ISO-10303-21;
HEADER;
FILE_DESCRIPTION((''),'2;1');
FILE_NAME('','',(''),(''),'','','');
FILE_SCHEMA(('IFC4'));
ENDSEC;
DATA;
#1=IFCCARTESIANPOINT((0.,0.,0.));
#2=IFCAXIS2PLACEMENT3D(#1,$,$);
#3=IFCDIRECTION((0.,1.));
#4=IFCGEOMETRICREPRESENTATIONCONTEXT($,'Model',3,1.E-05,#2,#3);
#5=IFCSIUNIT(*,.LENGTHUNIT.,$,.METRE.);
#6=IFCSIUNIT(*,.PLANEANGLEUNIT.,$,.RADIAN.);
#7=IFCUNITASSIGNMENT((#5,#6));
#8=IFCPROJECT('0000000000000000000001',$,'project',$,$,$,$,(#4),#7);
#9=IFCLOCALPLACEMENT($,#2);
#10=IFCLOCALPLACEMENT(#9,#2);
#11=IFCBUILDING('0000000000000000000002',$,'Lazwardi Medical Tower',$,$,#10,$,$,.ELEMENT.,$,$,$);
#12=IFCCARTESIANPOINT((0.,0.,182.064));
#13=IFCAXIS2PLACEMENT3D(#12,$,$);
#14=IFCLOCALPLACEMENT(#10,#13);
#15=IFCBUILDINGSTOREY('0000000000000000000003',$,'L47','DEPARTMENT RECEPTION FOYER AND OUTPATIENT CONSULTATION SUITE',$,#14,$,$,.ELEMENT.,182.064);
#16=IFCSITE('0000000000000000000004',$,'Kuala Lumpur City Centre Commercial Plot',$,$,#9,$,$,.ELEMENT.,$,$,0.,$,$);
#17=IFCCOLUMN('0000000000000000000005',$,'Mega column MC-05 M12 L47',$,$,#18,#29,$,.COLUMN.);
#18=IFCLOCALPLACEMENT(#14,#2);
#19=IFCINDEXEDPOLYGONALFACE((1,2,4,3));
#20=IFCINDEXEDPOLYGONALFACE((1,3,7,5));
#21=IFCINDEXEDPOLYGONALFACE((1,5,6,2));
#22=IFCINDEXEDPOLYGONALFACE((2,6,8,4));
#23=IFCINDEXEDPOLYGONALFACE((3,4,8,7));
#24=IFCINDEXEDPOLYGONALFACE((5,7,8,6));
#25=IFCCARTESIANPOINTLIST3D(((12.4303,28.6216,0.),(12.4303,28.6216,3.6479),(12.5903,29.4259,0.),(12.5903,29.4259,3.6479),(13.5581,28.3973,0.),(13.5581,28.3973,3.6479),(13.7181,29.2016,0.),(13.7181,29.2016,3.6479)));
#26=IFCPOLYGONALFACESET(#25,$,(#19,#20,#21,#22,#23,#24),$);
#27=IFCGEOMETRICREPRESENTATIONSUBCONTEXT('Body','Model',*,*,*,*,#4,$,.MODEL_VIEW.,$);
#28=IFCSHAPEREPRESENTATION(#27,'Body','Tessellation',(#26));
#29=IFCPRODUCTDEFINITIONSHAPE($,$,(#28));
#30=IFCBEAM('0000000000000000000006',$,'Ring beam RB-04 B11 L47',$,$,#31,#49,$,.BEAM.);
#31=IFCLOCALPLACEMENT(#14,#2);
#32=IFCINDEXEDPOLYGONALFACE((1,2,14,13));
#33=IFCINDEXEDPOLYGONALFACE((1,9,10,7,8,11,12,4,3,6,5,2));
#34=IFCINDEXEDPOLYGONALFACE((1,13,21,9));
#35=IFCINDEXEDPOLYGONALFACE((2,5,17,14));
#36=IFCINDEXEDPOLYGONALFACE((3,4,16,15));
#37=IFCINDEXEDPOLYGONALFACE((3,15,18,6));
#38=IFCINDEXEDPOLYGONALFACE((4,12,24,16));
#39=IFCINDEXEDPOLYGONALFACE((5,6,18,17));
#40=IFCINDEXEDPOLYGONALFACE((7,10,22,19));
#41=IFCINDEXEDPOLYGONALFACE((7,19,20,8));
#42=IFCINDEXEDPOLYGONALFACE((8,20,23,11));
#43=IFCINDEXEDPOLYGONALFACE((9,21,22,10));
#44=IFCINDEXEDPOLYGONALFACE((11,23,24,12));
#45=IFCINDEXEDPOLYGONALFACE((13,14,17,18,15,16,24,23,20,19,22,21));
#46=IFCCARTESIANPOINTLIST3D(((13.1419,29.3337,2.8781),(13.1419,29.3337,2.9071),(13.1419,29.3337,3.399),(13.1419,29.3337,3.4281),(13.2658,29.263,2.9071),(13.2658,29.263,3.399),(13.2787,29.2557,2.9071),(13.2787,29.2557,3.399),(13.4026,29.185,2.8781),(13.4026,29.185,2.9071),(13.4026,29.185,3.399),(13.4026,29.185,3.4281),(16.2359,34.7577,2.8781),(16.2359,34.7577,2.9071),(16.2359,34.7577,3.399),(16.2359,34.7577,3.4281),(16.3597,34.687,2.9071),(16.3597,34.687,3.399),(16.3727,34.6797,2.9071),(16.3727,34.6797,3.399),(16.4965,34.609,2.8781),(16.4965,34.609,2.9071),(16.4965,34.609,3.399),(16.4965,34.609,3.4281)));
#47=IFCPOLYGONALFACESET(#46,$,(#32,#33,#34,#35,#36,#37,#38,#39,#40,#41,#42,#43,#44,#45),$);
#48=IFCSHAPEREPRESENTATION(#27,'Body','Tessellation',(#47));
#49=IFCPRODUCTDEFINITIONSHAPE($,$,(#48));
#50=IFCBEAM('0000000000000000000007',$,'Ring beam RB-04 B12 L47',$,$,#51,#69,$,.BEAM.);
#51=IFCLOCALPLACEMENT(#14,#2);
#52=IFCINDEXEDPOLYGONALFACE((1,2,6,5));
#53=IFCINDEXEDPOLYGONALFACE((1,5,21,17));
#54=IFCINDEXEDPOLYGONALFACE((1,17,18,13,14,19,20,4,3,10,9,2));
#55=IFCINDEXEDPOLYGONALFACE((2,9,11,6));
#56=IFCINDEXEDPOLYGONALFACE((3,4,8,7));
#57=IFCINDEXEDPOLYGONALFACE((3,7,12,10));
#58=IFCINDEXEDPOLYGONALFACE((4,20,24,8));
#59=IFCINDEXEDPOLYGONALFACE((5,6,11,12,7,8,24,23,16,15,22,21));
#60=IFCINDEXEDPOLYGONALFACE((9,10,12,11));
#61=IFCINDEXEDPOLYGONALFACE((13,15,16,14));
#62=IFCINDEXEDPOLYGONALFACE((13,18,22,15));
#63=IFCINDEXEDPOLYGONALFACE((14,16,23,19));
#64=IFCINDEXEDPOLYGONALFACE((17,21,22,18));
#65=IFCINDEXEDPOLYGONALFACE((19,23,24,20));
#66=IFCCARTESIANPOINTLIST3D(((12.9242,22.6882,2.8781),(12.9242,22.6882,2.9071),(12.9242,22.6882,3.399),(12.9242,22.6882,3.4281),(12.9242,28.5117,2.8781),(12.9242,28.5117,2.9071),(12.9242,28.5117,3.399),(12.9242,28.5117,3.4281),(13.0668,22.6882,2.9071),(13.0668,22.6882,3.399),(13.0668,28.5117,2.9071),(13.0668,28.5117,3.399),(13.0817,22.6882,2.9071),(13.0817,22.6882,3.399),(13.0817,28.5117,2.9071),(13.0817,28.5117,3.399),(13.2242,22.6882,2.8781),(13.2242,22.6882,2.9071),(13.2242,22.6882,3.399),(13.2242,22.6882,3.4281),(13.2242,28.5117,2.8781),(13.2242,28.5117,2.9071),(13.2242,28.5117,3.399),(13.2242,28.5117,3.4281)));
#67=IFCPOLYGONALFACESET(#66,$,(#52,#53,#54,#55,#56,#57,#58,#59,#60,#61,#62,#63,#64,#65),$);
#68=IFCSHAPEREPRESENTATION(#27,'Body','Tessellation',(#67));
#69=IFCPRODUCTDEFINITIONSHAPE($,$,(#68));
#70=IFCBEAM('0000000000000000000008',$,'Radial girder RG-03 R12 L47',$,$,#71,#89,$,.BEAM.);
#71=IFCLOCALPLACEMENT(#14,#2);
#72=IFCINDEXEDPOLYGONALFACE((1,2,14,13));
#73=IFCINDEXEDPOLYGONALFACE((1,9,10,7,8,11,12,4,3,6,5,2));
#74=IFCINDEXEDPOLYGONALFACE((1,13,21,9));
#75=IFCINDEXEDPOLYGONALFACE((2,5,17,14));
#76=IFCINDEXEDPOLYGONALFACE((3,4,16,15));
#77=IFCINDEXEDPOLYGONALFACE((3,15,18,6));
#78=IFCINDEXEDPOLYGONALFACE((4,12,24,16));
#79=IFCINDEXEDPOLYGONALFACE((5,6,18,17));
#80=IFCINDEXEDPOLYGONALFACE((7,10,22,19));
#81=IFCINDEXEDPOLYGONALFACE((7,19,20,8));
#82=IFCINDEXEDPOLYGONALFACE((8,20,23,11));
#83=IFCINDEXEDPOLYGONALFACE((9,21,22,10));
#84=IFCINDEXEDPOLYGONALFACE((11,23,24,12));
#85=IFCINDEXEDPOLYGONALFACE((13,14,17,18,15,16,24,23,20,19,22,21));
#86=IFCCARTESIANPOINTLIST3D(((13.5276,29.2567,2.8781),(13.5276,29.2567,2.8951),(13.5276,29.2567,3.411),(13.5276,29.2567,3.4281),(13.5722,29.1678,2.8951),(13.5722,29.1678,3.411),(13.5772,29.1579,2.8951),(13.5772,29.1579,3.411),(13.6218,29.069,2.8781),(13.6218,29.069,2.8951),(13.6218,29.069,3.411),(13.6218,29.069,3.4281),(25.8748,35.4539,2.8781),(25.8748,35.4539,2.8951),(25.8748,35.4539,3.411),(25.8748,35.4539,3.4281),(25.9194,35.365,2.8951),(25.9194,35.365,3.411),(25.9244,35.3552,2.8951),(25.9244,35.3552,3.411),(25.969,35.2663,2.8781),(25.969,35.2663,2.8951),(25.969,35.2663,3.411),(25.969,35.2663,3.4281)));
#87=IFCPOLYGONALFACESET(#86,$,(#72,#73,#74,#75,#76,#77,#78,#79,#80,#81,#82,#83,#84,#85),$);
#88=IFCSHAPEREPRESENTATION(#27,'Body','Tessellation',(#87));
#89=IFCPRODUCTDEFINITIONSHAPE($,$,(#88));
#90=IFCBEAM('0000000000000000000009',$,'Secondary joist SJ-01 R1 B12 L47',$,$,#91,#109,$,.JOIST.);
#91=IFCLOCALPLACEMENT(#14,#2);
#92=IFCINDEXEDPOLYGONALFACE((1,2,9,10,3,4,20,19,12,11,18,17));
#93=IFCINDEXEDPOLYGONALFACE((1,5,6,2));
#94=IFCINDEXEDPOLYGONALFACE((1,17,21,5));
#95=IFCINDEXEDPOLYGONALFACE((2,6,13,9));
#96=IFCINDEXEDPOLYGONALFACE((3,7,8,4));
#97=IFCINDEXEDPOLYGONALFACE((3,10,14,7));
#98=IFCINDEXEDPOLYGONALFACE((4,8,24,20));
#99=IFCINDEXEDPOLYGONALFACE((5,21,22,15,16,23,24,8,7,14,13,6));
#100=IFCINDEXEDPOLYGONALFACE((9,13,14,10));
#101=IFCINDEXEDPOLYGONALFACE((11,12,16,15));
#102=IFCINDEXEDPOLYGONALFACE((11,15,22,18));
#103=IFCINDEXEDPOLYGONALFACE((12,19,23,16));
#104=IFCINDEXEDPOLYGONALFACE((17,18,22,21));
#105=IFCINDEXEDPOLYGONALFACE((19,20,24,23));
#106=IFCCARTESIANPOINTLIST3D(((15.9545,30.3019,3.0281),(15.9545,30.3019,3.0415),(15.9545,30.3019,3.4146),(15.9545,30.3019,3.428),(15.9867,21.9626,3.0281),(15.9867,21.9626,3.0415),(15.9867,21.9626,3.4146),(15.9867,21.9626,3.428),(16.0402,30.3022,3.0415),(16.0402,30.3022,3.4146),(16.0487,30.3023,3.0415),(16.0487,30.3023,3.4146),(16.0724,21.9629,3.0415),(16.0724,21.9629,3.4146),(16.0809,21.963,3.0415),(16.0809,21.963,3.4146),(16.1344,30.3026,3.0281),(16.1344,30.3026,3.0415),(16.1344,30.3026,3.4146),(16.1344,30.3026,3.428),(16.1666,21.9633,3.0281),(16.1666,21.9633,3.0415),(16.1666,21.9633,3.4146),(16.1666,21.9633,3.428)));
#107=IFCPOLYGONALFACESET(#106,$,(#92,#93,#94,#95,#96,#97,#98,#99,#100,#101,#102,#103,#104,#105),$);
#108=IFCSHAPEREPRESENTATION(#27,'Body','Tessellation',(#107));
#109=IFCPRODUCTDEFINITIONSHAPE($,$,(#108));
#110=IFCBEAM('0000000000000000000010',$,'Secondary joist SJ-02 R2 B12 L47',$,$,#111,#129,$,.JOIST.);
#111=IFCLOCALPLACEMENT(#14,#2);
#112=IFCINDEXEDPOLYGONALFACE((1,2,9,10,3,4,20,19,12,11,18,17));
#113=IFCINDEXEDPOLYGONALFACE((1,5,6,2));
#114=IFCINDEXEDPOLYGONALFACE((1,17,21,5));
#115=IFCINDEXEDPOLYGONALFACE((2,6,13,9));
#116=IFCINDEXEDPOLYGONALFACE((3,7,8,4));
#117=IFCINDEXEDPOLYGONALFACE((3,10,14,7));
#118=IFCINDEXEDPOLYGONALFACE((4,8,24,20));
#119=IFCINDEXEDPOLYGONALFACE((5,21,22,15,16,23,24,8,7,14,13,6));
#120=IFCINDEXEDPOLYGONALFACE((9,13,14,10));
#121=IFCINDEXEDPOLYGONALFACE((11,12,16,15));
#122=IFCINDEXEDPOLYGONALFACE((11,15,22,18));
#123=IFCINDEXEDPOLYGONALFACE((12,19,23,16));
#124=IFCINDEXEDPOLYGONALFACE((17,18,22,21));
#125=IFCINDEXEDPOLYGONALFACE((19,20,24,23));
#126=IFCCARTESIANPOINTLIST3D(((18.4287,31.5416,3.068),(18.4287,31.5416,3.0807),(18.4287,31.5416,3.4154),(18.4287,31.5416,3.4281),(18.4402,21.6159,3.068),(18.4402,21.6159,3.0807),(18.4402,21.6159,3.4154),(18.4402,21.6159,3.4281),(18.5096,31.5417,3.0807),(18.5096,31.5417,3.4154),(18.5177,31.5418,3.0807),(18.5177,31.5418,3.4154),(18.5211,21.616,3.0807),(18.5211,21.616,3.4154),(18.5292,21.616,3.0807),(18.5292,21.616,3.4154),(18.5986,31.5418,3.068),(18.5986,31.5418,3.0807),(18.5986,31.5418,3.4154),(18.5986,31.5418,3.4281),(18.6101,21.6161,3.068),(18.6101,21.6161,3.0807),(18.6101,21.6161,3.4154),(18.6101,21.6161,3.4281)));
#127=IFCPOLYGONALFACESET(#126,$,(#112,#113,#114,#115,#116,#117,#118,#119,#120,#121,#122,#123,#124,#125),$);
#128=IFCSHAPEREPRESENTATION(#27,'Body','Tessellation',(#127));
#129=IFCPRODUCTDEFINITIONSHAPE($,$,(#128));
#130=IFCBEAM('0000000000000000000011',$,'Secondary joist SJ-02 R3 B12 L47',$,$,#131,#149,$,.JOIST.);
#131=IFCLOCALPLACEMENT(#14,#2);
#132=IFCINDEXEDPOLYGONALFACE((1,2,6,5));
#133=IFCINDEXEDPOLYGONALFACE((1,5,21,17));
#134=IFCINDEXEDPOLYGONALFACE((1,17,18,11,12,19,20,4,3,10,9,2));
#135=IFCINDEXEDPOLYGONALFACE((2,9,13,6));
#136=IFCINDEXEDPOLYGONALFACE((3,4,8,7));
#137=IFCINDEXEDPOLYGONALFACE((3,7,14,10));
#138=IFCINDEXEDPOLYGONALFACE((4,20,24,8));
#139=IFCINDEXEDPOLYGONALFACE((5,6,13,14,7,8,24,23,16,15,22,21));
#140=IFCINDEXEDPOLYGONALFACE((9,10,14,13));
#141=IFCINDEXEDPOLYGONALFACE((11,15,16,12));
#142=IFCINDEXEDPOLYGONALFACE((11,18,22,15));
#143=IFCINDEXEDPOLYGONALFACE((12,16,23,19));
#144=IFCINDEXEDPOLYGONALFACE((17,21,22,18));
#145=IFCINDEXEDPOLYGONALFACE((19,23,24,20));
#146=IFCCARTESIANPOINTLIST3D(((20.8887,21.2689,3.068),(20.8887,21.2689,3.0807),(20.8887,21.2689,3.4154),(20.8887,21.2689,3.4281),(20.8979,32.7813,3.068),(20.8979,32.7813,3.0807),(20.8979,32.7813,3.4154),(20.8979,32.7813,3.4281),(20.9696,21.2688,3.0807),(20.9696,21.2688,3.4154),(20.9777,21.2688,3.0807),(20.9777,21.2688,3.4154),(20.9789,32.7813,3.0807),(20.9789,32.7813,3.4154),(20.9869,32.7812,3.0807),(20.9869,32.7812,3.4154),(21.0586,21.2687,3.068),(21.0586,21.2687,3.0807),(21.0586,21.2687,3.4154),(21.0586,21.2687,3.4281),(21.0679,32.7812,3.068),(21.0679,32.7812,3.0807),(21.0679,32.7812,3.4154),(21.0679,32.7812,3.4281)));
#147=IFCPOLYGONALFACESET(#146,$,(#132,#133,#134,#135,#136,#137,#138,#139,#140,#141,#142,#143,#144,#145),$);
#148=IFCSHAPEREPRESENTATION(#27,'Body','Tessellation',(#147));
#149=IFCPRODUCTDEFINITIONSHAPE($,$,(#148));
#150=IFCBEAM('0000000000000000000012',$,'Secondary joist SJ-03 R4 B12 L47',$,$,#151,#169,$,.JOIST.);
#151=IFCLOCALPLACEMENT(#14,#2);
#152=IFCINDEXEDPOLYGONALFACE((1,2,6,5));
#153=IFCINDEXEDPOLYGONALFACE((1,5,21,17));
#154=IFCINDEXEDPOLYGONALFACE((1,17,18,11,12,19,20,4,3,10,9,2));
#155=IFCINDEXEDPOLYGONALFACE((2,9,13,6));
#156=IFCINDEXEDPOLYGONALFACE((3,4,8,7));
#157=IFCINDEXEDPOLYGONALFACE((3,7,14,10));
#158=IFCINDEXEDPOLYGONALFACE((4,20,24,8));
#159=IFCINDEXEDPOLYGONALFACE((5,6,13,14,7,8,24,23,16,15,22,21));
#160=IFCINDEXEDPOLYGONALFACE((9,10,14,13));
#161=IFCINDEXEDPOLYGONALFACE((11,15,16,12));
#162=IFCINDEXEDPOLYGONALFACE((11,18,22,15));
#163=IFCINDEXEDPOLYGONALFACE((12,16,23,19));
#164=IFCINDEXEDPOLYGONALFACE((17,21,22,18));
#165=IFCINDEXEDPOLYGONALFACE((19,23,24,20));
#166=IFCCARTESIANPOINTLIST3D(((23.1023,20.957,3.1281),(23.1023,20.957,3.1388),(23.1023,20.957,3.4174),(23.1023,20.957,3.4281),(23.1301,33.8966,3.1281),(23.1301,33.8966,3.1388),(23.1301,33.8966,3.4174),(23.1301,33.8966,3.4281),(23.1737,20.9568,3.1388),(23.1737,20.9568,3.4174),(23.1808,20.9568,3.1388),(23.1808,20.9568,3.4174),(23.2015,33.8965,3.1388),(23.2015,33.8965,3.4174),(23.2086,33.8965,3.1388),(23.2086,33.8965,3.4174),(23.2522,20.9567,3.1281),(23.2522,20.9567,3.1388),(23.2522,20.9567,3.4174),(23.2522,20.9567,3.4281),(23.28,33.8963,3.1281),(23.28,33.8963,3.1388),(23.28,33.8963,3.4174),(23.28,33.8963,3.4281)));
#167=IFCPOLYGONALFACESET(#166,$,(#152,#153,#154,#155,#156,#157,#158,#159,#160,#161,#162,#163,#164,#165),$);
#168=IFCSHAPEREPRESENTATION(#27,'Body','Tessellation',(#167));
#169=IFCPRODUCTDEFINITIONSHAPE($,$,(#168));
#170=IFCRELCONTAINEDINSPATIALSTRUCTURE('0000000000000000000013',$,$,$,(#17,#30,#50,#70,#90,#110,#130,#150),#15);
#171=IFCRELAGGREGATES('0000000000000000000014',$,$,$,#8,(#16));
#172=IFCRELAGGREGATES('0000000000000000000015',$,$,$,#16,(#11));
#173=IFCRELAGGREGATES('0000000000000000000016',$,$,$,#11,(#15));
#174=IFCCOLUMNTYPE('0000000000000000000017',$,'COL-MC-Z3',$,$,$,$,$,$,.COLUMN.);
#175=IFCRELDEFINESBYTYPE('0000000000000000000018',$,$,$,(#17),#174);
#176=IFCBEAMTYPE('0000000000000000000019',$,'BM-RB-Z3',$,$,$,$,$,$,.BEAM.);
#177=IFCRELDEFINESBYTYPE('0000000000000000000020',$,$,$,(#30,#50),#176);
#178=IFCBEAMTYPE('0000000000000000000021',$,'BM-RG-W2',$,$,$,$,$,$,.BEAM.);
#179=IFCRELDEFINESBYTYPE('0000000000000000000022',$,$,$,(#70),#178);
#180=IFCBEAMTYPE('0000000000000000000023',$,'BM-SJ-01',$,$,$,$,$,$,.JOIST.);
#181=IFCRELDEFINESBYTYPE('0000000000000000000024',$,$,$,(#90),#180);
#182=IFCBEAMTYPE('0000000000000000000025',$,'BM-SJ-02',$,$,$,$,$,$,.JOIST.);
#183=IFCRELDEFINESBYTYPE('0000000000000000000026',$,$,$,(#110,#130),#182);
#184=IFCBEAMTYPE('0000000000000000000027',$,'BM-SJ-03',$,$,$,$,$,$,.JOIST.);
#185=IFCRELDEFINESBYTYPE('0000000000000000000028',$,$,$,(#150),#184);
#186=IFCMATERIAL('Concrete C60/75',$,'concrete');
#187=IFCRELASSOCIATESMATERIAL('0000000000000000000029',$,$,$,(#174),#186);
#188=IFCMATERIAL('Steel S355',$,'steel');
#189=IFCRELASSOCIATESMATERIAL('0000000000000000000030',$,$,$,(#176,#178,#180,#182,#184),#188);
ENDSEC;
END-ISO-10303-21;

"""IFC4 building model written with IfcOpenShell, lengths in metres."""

from ifc_helpers import new_model, si_unit, direction, frame, origin, origin_2d, place, context, subcontext, project, spatial, rectangle, i_section, extrude, material, material_profile, profile_set, type_object, element, save


model = new_model("IFC4")

# Units and contexts
model_context = context("Model", 3, precision=1e-05, world=origin(), true_north=direction((0.0, 1.0)))
body_context = subcontext(model_context, "Body", "Model", "MODEL_VIEW")
ifc_project = project(units=[si_unit("LENGTHUNIT", "METRE"), si_unit("PLANEANGLEUNIT", "RADIAN")], contexts=[model_context])

# Site, building, storey
site_placement = place(None, origin())
site = spatial("IfcSite", under=ifc_project, at=site_placement, Name="Kuala Lumpur City Centre Commercial Plot", CompositionType="ELEMENT", RefElevation=0.0)
building_placement = place(site_placement, origin())
building = spatial("IfcBuilding", under=site, at=building_placement, Name="Lazwardi Medical Tower", CompositionType="ELEMENT")
storey_placement = place(building_placement, frame((0.0, 0.0, 182.064)))
storey = spatial("IfcBuildingStorey", under=building, at=storey_placement, Name="L47", Description="DEPARTMENT RECEPTION FOYER AND OUTPATIENT CONSULTATION SUITE", CompositionType="ELEMENT", Elevation=182.064)

# Column
ifc_material_1 = material(Name="Concrete C60/75", Category="concrete")
ifc_material_profile_1 = material_profile(ifc_material_1, rectangle(XDim=1.1499, YDim=0.8201, at=origin_2d()), Name="CFT-RECT 1150x820")
ifc_profile_set_1 = profile_set([ifc_material_profile_1], Name="Concrete C60/75")
column_type = type_object("IfcColumnType", Name="COL-MC-Z3", PredefinedType="COLUMN", material=ifc_profile_set_1)
column_placement = place(storey_placement, frame((13.0742, 28.9116, 0.0), z_axis=(0.0, 0.0, 1.0), x_axis=(-0.980785, 0.19509, 0.0)))
element("IfcColumn", 1, at=column_placement, inside=storey, type_object=column_type, Name="Mega column MC-05 M12 L47", PredefinedType="COLUMN", context=body_context, shape_type="SweptSolid", body=[
    extrude(rectangle(XDim=1.1499, YDim=0.8201, at=origin_2d()), origin(), (0.0, 0.0, 1.0), 3.6479),
])

# Beams
ifc_material_2 = material(Name="Steel S355", Category="steel")
ifc_material_profile_2 = material_profile(ifc_material_2, i_section(OverallWidth=0.3, OverallDepth=0.55, WebThickness=0.0149, FlangeThickness=0.0291, at=origin_2d()), Name="HEB 550")
ifc_profile_set_2 = profile_set([ifc_material_profile_2], Name="Steel S355")
beam_type_1 = type_object("IfcBeamType", Name="BM-RB-Z3", PredefinedType="BEAM", material=ifc_profile_set_2)
beam_1_placement = place(storey_placement, frame((16.3662, 34.6833, 3.1531), z_axis=(-0.495478, -0.868621, 0.0), x_axis=(0.868621, -0.495478, 0.0)))
element("IfcBeam", 2, at=beam_1_placement, inside=storey, type_object=beam_type_1, Name="Ring beam RB-04 B11 L47", PredefinedType="BEAM", context=body_context, shape_type="SweptSolid", body=[
    extrude(i_section(OverallWidth=0.3, OverallDepth=0.55, WebThickness=0.0149, FlangeThickness=0.0291, at=origin_2d()), origin(), (0.0, 0.0, 1.0), 6.2444),
])
beam_2_placement = place(storey_placement, frame((13.0742, 28.5117, 3.1531), z_axis=(0.0, -1.0, 0.0), x_axis=(1.0, 0.0, 0.0)))
element("IfcBeam", 3, at=beam_2_placement, inside=storey, type_object=beam_type_1, Name="Ring beam RB-04 B12 L47", PredefinedType="BEAM", context=body_context, shape_type="SweptSolid", body=[
    extrude(i_section(OverallWidth=0.3, OverallDepth=0.55, WebThickness=0.0149, FlangeThickness=0.0291, at=origin_2d()), origin(), (0.0, 0.0, 1.0), 5.8235),
])
ifc_material_profile_3 = material_profile(ifc_material_2, i_section(OverallWidth=0.21, OverallDepth=0.55, WebThickness=0.011, FlangeThickness=0.0171, at=origin_2d()), Name="IPE 550")
ifc_profile_set_3 = profile_set([ifc_material_profile_3], Name="Steel S355")
beam_type_2 = type_object("IfcBeamType", Name="BM-RG-W2", PredefinedType="BEAM", material=ifc_profile_set_3)
beam_3_placement = place(storey_placement, frame((13.5747, 29.1628, 3.1531), z_axis=(0.89374, 0.448584, 0.0), x_axis=(-0.448584, 0.89374, 0.0)))
element("IfcBeam", 4, at=beam_3_placement, inside=storey, type_object=beam_type_2, Name="Radial girder RG-03 R12 L47", PredefinedType="BEAM", context=body_context, shape_type="SweptSolid", body=[
    extrude(i_section(OverallWidth=0.21, OverallDepth=0.55, WebThickness=0.011, FlangeThickness=0.0171, at=origin_2d()), origin(), (0.0, 0.0, 1.0), 13.8152),
])
ifc_material_profile_4 = material_profile(ifc_material_2, i_section(OverallWidth=0.1799, OverallDepth=0.3999, WebThickness=0.0085, FlangeThickness=0.0134, at=origin_2d()), Name="IPE 400")
ifc_profile_set_4 = profile_set([ifc_material_profile_4], Name="Steel S355")
beam_type_3 = type_object("IfcBeamType", Name="BM-SJ-01", PredefinedType="JOIST", material=ifc_profile_set_4)
beam_4_placement = place(storey_placement, frame((16.0444, 30.3022, 3.228), z_axis=(0.003864, -0.999993, 0.0), x_axis=(0.999993, 0.003864, 0.0)))
element("IfcBeam", 5, at=beam_4_placement, inside=storey, type_object=beam_type_3, Name="Secondary joist SJ-01 R1 B12 L47", PredefinedType="JOIST", context=body_context, shape_type="SweptSolid", body=[
    extrude(i_section(OverallWidth=0.1799, OverallDepth=0.3999, WebThickness=0.0085, FlangeThickness=0.0134, at=origin_2d()), origin(), (0.0, 0.0, 1.0), 8.3394),
])
ifc_material_profile_5 = material_profile(ifc_material_2, i_section(OverallWidth=0.1699, OverallDepth=0.3601, WebThickness=0.0081, FlangeThickness=0.0127, at=origin_2d()), Name="IPE 360")
ifc_profile_set_5 = profile_set([ifc_material_profile_5], Name="Steel S355")
beam_type_4 = type_object("IfcBeamType", Name="BM-SJ-02", PredefinedType="JOIST", material=ifc_profile_set_5)
beam_5_placement = place(storey_placement, frame((18.5137, 31.5417, 3.248), z_axis=(0.001156, -0.999999, 0.0), x_axis=(0.999999, 0.001156, 0.0)))
element("IfcBeam", 6, at=beam_5_placement, inside=storey, type_object=beam_type_4, Name="Secondary joist SJ-02 R2 B12 L47", PredefinedType="JOIST", context=body_context, shape_type="SweptSolid", body=[
    extrude(i_section(OverallWidth=0.1699, OverallDepth=0.3601, WebThickness=0.0081, FlangeThickness=0.0127, at=origin_2d()), origin(), (0.0, 0.0, 1.0), 9.9258),
])
beam_6_placement = place(storey_placement, frame((20.9829, 32.7812, 3.248), z_axis=(-0.000806, -1.0, 0.0), x_axis=(1.0, -0.000806, 0.0)))
element("IfcBeam", 7, at=beam_6_placement, inside=storey, type_object=beam_type_4, Name="Secondary joist SJ-02 R3 B12 L47", PredefinedType="JOIST", context=body_context, shape_type="SweptSolid", body=[
    extrude(i_section(OverallWidth=0.1699, OverallDepth=0.3601, WebThickness=0.0081, FlangeThickness=0.0127, at=origin_2d()), origin(), (0.0, 0.0, 1.0), 11.5125),
])
ifc_material_profile_6 = material_profile(ifc_material_2, i_section(OverallWidth=0.1499, OverallDepth=0.3, WebThickness=0.0071, FlangeThickness=0.0107, at=origin_2d()), Name="IPE 300")
ifc_profile_set_6 = profile_set([ifc_material_profile_6], Name="Steel S355")
beam_type_5 = type_object("IfcBeamType", Name="BM-SJ-03", PredefinedType="JOIST", material=ifc_profile_set_6)
beam_7_placement = place(storey_placement, frame((23.2051, 33.8965, 3.2781), z_axis=(-0.002151, -0.999998, 0.0), x_axis=(0.999998, -0.002151, 0.0)))
element("IfcBeam", 8, at=beam_7_placement, inside=storey, type_object=beam_type_5, Name="Secondary joist SJ-03 R4 B12 L47", PredefinedType="JOIST", context=body_context, shape_type="SweptSolid", body=[
    extrude(i_section(OverallWidth=0.1499, OverallDepth=0.3, WebThickness=0.0071, FlangeThickness=0.0107, at=origin_2d()), origin(), (0.0, 0.0, 1.0), 12.9397),
])

save(model, "model.ifc")
